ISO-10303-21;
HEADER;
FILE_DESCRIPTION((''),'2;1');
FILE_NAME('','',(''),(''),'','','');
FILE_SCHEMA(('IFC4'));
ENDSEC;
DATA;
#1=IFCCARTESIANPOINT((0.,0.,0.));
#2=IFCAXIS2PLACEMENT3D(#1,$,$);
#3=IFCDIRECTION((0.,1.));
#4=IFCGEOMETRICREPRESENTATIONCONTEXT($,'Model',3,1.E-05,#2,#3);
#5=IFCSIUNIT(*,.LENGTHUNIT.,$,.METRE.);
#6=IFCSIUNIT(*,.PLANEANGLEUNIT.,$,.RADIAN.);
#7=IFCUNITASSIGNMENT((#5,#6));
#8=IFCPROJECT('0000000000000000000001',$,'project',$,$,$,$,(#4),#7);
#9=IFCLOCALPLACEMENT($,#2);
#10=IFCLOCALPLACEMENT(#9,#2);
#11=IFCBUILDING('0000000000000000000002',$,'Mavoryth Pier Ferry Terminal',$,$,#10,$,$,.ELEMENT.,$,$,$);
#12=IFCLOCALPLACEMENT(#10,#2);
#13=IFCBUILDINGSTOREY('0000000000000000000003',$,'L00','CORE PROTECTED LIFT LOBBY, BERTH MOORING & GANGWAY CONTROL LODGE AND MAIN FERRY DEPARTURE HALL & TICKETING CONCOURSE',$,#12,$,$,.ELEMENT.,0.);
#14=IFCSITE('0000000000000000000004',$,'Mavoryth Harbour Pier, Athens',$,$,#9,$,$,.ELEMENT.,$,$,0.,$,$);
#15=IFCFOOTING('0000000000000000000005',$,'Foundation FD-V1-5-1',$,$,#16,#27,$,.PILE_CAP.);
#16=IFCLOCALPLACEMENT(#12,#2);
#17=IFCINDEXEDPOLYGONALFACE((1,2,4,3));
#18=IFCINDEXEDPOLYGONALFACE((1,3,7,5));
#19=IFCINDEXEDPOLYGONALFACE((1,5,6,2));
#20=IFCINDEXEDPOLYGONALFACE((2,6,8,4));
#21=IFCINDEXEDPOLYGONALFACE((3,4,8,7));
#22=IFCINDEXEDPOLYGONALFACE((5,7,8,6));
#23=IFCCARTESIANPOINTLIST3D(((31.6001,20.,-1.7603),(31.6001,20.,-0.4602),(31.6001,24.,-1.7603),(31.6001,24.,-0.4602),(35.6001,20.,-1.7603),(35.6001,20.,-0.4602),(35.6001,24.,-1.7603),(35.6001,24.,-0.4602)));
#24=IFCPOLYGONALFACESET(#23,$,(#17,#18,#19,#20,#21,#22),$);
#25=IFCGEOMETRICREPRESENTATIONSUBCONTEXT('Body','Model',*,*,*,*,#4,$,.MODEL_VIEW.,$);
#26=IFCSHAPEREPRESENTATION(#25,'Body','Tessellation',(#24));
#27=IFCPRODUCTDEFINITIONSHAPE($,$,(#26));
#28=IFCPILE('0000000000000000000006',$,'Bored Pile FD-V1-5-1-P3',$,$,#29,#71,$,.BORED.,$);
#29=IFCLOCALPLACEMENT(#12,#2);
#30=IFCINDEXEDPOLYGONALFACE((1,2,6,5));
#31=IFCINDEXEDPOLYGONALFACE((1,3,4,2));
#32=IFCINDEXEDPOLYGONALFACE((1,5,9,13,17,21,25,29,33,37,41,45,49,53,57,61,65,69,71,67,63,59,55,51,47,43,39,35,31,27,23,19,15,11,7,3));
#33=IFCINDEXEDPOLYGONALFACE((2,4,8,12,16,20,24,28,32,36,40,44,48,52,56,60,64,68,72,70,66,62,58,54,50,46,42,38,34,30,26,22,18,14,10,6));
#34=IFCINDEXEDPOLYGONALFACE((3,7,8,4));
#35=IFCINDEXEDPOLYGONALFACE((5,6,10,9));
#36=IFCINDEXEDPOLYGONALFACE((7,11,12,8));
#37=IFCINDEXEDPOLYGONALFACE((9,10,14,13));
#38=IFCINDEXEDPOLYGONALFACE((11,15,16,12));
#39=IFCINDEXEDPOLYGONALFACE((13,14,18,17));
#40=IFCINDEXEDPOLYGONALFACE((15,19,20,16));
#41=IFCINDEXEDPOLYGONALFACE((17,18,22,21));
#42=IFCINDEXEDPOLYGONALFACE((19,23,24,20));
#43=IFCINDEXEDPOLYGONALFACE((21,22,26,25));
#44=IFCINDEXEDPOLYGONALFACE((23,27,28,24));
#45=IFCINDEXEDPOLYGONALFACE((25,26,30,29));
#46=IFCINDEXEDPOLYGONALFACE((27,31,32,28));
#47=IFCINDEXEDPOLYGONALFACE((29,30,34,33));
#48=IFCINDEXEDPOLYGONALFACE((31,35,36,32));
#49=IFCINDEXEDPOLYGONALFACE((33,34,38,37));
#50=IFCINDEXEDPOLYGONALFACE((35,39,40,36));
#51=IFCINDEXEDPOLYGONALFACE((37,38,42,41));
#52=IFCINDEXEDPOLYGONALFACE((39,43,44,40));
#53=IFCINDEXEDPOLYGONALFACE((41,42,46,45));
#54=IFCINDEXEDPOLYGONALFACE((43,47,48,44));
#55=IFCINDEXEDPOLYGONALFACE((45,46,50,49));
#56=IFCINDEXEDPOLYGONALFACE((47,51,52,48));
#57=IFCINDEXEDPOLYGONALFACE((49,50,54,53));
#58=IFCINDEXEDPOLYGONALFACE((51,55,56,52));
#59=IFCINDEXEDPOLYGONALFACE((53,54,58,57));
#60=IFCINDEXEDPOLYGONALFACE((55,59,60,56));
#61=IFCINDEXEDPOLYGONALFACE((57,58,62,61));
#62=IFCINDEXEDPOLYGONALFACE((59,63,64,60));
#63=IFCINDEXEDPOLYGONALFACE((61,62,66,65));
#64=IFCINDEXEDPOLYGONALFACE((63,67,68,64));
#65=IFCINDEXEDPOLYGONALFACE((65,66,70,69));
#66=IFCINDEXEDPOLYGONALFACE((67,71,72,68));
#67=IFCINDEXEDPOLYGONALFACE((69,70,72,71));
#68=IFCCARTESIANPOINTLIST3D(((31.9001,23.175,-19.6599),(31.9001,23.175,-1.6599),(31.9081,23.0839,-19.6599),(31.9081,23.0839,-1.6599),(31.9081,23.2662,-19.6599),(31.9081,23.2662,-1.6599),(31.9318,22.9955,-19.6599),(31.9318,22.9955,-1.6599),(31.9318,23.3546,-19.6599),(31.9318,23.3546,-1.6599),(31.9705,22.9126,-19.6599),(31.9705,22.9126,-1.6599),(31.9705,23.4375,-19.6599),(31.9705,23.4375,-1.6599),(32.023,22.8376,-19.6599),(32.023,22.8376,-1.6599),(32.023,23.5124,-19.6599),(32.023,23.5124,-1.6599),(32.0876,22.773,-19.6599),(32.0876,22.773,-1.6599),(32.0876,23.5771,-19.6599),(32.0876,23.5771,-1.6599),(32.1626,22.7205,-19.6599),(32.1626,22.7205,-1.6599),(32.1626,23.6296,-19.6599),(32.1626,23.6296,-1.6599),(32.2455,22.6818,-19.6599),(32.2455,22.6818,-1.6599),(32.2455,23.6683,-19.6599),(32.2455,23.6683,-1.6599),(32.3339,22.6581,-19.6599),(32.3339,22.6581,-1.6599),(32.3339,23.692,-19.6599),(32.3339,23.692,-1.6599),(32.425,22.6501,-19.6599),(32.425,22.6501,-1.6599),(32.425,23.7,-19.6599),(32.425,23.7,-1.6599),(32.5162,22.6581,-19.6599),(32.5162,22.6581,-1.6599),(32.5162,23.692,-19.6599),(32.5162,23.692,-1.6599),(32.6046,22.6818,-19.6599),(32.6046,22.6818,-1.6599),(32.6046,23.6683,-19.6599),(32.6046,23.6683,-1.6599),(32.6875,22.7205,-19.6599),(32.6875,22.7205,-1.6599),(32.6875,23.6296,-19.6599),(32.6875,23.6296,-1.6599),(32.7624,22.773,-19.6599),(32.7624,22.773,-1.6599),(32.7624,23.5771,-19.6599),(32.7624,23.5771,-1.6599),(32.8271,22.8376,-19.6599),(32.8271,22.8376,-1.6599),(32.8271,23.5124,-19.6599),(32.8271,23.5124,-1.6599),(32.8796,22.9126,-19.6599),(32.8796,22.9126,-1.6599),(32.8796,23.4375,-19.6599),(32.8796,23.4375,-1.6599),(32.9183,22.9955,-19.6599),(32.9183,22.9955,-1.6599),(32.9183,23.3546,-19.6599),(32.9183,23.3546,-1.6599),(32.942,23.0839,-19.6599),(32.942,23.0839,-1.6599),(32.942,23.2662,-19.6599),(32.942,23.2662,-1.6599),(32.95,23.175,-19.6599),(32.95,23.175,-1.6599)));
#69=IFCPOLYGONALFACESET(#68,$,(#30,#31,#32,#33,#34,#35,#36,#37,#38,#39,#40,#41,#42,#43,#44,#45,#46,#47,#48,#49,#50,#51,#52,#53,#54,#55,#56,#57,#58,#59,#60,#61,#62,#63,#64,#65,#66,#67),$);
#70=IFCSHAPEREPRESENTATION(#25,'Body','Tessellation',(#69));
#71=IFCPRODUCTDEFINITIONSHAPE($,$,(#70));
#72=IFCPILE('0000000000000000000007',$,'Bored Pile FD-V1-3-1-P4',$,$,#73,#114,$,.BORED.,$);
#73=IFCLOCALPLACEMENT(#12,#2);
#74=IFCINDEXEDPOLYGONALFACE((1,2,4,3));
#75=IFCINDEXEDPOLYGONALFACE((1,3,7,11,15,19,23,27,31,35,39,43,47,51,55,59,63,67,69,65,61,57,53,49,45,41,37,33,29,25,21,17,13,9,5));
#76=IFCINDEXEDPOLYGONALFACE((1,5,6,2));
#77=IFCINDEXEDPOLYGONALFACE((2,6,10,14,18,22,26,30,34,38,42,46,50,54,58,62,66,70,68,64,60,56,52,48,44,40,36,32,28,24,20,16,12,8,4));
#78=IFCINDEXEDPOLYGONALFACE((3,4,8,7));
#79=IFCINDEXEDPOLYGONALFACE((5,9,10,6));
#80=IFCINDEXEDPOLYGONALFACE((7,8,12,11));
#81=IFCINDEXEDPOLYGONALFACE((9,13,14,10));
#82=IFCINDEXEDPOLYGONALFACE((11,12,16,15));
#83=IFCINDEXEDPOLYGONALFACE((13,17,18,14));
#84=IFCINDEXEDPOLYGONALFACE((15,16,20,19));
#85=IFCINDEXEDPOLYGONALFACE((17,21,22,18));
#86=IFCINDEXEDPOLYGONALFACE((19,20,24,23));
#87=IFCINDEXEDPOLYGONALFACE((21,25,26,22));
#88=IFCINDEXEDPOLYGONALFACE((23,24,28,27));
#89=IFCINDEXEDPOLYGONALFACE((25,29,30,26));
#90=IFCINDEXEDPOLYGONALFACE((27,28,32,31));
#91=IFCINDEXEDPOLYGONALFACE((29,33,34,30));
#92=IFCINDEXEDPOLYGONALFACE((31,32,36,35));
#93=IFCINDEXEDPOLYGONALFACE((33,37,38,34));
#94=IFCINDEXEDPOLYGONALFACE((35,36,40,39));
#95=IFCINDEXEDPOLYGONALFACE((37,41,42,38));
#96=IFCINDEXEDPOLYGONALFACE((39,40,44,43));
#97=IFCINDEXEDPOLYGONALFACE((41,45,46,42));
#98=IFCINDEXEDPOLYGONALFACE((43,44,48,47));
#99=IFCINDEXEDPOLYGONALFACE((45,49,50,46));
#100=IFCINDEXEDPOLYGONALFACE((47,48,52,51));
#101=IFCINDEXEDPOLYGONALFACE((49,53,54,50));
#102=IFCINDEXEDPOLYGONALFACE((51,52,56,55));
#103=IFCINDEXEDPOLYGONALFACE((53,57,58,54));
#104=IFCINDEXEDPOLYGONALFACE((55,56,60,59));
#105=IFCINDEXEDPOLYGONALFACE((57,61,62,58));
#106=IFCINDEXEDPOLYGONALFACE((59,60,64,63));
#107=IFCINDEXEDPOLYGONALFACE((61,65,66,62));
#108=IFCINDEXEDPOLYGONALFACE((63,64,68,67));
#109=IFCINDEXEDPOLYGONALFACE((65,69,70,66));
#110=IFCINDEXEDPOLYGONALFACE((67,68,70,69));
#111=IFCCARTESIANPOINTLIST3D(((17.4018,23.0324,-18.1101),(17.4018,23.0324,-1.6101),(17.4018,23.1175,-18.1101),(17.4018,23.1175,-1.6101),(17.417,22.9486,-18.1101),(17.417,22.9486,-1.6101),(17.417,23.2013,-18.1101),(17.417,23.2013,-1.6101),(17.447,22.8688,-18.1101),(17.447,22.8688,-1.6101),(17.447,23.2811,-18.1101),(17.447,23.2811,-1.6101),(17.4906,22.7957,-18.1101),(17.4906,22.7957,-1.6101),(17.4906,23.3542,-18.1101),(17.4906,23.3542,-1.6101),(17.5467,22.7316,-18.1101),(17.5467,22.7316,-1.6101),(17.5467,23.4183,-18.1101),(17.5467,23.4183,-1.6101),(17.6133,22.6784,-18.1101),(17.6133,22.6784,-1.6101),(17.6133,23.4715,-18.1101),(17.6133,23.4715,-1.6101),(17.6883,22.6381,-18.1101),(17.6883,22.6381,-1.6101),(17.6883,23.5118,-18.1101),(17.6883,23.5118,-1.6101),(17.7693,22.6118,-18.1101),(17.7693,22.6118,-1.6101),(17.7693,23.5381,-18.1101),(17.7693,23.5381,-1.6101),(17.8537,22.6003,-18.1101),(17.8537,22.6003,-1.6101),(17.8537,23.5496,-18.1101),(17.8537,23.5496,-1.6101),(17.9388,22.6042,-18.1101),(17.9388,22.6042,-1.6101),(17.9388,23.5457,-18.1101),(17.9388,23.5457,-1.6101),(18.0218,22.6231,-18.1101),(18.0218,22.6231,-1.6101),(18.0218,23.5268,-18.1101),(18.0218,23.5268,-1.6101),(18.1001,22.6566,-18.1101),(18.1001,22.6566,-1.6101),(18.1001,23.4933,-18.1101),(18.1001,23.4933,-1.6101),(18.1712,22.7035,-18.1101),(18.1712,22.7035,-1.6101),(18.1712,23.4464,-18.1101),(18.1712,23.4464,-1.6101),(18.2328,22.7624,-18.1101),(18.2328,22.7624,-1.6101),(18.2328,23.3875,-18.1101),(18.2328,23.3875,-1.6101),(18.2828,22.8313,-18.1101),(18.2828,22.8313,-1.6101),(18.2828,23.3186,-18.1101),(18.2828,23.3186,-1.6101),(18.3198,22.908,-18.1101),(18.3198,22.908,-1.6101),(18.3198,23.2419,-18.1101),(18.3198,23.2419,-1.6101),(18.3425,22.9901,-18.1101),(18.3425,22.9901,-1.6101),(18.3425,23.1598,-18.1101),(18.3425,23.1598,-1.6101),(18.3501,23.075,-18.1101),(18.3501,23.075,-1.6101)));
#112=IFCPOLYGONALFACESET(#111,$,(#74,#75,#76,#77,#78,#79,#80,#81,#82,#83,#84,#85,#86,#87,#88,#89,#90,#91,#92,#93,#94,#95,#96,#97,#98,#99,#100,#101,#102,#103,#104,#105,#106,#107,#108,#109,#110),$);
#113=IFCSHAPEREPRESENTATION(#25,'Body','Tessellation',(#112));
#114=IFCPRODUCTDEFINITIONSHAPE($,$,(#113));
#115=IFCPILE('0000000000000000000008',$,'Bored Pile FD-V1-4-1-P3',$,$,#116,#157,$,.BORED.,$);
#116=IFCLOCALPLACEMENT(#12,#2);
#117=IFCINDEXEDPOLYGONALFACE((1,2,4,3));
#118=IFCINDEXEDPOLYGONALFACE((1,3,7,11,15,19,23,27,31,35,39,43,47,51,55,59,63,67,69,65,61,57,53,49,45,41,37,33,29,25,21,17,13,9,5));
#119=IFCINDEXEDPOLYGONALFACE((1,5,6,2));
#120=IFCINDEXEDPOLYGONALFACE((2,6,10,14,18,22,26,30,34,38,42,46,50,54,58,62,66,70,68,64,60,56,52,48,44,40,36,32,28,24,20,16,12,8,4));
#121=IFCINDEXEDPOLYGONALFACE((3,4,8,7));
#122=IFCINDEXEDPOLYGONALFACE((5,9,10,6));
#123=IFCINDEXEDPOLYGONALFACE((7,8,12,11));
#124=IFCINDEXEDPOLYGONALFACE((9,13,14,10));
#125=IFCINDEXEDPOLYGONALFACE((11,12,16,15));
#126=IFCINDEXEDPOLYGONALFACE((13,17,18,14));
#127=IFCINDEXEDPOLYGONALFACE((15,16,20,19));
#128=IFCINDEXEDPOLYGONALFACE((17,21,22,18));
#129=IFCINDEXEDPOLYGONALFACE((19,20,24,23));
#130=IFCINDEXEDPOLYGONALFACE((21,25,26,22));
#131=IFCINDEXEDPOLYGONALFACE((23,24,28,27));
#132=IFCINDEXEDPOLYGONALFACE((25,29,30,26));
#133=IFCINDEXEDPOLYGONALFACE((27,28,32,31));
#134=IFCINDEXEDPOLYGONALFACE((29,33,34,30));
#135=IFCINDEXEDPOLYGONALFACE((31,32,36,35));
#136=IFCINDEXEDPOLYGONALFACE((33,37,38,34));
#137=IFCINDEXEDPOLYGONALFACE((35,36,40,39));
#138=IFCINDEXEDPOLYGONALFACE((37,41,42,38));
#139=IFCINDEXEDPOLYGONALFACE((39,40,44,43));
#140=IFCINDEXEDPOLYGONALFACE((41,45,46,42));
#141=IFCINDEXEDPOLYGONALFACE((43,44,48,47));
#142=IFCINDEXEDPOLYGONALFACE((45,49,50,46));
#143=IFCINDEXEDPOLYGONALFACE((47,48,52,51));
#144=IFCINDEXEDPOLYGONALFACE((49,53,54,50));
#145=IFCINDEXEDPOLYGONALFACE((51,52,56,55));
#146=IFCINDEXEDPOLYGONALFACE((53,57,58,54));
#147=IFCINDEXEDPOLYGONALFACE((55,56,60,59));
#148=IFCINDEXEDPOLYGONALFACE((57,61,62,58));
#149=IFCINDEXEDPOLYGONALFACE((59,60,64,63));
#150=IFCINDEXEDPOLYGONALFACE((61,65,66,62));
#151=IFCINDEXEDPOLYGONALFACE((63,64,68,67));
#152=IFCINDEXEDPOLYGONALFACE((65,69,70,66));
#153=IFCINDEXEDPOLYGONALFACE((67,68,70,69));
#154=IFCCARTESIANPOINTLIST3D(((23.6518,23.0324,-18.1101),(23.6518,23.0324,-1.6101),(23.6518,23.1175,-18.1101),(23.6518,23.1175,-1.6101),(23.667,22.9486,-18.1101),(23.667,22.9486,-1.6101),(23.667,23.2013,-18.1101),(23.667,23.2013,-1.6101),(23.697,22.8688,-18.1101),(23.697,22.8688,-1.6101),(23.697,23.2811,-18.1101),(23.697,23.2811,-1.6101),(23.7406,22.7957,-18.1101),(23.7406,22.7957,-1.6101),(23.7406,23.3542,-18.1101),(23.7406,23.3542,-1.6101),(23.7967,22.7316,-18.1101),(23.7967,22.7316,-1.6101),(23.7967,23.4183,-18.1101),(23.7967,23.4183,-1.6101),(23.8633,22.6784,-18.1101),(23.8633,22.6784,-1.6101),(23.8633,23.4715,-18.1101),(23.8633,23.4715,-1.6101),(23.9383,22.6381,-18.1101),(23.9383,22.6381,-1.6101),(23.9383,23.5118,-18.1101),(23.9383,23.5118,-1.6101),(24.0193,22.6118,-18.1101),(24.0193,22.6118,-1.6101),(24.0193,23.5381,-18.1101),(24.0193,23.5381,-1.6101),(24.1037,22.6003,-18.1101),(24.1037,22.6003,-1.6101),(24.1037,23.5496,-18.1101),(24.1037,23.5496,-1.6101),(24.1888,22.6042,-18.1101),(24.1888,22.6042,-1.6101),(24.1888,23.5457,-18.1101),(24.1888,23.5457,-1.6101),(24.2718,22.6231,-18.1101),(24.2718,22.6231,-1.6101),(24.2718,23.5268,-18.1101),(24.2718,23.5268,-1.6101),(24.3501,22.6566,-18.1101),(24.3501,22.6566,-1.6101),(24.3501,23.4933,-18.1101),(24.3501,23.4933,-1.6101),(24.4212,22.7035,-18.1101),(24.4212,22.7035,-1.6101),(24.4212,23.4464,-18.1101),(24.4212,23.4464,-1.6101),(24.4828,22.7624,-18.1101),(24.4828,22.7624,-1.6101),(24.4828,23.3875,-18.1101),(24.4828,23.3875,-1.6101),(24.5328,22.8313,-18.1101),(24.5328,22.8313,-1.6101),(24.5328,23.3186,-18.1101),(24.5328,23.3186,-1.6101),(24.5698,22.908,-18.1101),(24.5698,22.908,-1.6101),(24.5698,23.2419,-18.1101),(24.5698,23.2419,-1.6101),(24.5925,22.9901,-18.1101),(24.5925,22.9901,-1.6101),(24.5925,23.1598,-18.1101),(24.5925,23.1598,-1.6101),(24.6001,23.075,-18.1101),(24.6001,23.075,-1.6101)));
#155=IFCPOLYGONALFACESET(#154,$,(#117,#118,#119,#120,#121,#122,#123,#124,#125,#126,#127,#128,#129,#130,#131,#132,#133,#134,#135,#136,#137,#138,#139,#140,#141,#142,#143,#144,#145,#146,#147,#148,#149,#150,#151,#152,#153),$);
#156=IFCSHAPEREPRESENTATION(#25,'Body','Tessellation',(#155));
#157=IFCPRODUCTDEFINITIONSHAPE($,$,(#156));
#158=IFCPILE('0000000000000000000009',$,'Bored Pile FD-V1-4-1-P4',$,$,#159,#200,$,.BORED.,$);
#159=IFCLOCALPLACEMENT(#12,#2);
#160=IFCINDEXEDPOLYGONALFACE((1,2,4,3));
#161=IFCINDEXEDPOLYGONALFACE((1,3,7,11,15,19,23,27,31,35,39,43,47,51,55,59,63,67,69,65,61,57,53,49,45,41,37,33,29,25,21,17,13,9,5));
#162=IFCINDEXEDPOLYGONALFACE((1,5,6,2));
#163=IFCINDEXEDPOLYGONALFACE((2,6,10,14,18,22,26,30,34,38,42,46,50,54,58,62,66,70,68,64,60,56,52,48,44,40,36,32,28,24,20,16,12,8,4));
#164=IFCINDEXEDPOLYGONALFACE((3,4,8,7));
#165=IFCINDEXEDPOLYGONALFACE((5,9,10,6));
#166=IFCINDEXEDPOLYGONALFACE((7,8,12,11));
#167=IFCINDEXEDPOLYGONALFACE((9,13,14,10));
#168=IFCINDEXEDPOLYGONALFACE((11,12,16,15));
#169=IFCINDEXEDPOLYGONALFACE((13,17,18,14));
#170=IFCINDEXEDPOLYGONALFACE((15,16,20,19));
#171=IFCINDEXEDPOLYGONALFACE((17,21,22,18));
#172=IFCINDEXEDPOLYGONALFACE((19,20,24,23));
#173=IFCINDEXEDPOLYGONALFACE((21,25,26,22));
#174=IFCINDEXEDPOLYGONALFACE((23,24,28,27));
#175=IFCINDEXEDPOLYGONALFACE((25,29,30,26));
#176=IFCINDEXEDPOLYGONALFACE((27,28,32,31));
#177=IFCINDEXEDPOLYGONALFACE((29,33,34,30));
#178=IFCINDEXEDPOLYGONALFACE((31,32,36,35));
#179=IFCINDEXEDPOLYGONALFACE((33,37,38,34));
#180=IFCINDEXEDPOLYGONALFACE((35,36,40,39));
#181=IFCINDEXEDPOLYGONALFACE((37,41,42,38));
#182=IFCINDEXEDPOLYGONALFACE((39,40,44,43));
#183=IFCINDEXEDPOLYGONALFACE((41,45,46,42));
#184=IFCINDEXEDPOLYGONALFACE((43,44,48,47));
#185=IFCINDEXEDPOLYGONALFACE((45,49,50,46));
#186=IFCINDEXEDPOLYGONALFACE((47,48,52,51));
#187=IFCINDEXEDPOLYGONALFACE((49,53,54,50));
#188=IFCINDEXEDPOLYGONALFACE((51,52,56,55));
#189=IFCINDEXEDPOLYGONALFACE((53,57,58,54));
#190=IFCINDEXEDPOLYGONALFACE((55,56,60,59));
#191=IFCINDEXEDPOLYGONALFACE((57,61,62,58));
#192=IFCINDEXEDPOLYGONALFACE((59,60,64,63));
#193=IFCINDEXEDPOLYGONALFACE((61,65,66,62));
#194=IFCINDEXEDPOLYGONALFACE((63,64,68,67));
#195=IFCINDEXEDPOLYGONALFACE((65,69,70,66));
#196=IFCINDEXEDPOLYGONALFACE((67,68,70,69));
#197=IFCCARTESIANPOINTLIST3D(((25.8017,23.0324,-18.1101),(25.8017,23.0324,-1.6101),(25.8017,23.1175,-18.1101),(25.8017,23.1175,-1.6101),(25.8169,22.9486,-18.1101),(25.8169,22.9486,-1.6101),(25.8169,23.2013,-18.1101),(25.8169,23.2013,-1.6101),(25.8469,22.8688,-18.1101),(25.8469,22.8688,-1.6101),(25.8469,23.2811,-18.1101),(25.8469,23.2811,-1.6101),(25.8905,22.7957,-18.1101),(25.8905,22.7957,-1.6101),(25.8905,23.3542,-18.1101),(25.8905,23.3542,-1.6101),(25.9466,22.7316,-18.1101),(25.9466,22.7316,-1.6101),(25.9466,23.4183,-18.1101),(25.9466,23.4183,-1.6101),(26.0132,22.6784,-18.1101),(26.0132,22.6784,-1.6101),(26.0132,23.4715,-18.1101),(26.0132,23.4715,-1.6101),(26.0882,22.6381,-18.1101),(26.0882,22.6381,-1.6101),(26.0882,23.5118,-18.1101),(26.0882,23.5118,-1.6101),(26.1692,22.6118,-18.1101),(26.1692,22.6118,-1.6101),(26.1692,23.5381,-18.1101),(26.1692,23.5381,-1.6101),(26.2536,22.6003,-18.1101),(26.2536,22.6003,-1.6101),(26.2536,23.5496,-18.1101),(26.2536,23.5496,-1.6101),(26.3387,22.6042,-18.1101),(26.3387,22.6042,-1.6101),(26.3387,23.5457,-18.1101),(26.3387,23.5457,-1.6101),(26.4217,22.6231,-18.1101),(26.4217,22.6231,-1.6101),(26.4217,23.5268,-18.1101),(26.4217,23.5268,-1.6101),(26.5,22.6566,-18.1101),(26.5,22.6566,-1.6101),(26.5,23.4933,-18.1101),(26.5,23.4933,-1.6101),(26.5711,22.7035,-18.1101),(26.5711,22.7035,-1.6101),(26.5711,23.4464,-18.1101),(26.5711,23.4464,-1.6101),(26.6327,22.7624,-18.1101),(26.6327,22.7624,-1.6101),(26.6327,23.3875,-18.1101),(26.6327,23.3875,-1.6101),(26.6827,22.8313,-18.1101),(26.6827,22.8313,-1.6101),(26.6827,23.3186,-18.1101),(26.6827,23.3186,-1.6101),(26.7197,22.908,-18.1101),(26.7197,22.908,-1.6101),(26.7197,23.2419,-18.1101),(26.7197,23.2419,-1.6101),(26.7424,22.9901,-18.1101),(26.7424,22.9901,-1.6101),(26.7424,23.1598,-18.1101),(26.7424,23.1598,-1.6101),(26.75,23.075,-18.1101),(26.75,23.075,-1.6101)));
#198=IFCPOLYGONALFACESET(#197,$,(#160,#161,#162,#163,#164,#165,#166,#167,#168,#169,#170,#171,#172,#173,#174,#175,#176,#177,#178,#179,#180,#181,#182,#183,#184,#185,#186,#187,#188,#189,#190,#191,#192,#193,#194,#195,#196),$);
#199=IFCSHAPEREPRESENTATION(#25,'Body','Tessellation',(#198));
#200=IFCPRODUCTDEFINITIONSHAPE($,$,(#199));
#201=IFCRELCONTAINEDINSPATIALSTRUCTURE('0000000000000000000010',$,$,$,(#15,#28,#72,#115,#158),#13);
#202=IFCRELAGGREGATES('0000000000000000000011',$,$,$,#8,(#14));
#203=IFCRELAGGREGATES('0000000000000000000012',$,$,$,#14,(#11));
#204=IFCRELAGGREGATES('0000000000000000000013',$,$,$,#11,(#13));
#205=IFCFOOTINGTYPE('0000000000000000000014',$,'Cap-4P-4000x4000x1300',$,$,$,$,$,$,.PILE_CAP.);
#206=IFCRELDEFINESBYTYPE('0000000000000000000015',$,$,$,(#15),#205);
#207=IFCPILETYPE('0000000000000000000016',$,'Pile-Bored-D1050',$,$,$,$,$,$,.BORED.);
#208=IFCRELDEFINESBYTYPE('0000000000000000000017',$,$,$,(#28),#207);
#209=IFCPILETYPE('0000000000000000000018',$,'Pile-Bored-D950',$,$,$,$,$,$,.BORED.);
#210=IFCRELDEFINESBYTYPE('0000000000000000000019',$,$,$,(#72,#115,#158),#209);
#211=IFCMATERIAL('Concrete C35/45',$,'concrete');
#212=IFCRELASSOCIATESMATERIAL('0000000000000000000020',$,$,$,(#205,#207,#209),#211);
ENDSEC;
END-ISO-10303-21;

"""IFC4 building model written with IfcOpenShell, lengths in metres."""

from ifc_helpers import new_model, si_unit, direction, frame, origin, origin_2d, place, context, subcontext, project, spatial, rectangle, circle, extrude, material, material_profile, profile_set, type_object, element, save


model = new_model("IFC4")

# Units and contexts
model_context = context("Model", 3, precision=1e-05, world=origin(), true_north=direction((0.0, 1.0)))
body_context = subcontext(model_context, "Body", "Model", "MODEL_VIEW")
ifc_project = project(units=[si_unit("LENGTHUNIT", "METRE"), si_unit("PLANEANGLEUNIT", "RADIAN")], contexts=[model_context])

# Site, building, storey
site_placement = place(None, origin())
site = spatial("IfcSite", under=ifc_project, at=site_placement, Name="Mavoryth Harbour Pier, Athens", CompositionType="ELEMENT", RefElevation=0.0)
building_placement = place(site_placement, origin())
building = spatial("IfcBuilding", under=site, at=building_placement, Name="Mavoryth Pier Ferry Terminal", CompositionType="ELEMENT")
storey_placement = place(building_placement, origin())
storey = spatial("IfcBuildingStorey", under=building, at=storey_placement, Name="L00", Description="CORE PROTECTED LIFT LOBBY, BERTH MOORING & GANGWAY CONTROL LODGE AND MAIN FERRY DEPARTURE HALL & TICKETING CONCOURSE", CompositionType="ELEMENT", Elevation=0.0)

# Footing
ifc_material_1 = material(Name="Concrete C35/45", Category="concrete")
footing_type_1 = type_object("IfcFootingType", Name="Cap-4P-4000x4000x1300", PredefinedType="PILE_CAP", material=ifc_material_1)
footing_1_placement = place(storey_placement, frame((33.6001, 22.0, -1.7603), z_axis=(0.0, 0.0, 1.0), x_axis=(1.0, 0.0, 0.0)))
element("IfcFooting", 1, at=footing_1_placement, inside=storey, type_object=footing_type_1, Name="Foundation FD-V1-5-1", PredefinedType="PILE_CAP", context=body_context, shape_type="SweptSolid", body=[
    extrude(rectangle(XDim=4.0, YDim=4.0, at=origin_2d()), origin(), (0.0, 0.0, 1.0), 1.3),
])

# Piles
ifc_material_profile_1 = material_profile(ifc_material_1, circle(Radius=0.5249, at=origin_2d()), Name="PILE D1050", Category="concrete")
ifc_profile_set_1 = profile_set([ifc_material_profile_1], Name="Concrete C35/45 - PILE D1050")
pile_type_1 = type_object("IfcPileType", Name="Pile-Bored-D1050", PredefinedType="BORED", material=ifc_profile_set_1)
pile_placement = place(storey_placement, frame((32.425, 23.175, -1.6599), z_axis=(0.0, 0.0, -1.0), x_axis=(1.0, 0.0, 0.0)))
element("IfcPile", 2, at=pile_placement, inside=storey, type_object=pile_type_1, Name="Bored Pile FD-V1-5-1-P3", PredefinedType="BORED", context=body_context, shape_type="SweptSolid", body=[
    extrude(circle(Radius=0.5249, at=origin_2d()), origin(), (0.0, 0.0, 1.0), 18.0),
])
ifc_material_profile_2 = material_profile(ifc_material_1, circle(Radius=0.4751, at=origin_2d()), Name="PILE D950", Category="concrete")
ifc_profile_set_2 = profile_set([ifc_material_profile_2], Name="Concrete C35/45 - PILE D950")
pile_type_2 = type_object("IfcPileType", Name="Pile-Bored-D950", PredefinedType="BORED", material=ifc_profile_set_2)
for number, where, z_axis, x_axis, name in (
    (3, (17.875, 23.075, -1.6101), (0.0, 0.0, -1.0), (1.0, 0.0, 0.0), "Bored Pile FD-V1-3-1-P4"),
    (4, (24.125, 23.075, -1.6101), (0.0, 0.0, -1.0), (1.0, 0.0, 0.0), "Bored Pile FD-V1-4-1-P3"),
    (5, (26.2749, 23.075, -1.6101), (0.0, 0.0, -1.0), (1.0, 0.0, 0.0), "Bored Pile FD-V1-4-1-P4"),
):
    element("IfcPile", number, at=place(storey_placement, frame(where, z_axis=z_axis, x_axis=x_axis)), inside=storey, type_object=pile_type_2, Name=name, PredefinedType="BORED", context=body_context, shape_type="SweptSolid", body=[
        extrude(circle(Radius=0.4751, at=origin_2d()), origin(), (0.0, 0.0, 1.0), 16.5),
    ])

save(model, "model.ifc")
